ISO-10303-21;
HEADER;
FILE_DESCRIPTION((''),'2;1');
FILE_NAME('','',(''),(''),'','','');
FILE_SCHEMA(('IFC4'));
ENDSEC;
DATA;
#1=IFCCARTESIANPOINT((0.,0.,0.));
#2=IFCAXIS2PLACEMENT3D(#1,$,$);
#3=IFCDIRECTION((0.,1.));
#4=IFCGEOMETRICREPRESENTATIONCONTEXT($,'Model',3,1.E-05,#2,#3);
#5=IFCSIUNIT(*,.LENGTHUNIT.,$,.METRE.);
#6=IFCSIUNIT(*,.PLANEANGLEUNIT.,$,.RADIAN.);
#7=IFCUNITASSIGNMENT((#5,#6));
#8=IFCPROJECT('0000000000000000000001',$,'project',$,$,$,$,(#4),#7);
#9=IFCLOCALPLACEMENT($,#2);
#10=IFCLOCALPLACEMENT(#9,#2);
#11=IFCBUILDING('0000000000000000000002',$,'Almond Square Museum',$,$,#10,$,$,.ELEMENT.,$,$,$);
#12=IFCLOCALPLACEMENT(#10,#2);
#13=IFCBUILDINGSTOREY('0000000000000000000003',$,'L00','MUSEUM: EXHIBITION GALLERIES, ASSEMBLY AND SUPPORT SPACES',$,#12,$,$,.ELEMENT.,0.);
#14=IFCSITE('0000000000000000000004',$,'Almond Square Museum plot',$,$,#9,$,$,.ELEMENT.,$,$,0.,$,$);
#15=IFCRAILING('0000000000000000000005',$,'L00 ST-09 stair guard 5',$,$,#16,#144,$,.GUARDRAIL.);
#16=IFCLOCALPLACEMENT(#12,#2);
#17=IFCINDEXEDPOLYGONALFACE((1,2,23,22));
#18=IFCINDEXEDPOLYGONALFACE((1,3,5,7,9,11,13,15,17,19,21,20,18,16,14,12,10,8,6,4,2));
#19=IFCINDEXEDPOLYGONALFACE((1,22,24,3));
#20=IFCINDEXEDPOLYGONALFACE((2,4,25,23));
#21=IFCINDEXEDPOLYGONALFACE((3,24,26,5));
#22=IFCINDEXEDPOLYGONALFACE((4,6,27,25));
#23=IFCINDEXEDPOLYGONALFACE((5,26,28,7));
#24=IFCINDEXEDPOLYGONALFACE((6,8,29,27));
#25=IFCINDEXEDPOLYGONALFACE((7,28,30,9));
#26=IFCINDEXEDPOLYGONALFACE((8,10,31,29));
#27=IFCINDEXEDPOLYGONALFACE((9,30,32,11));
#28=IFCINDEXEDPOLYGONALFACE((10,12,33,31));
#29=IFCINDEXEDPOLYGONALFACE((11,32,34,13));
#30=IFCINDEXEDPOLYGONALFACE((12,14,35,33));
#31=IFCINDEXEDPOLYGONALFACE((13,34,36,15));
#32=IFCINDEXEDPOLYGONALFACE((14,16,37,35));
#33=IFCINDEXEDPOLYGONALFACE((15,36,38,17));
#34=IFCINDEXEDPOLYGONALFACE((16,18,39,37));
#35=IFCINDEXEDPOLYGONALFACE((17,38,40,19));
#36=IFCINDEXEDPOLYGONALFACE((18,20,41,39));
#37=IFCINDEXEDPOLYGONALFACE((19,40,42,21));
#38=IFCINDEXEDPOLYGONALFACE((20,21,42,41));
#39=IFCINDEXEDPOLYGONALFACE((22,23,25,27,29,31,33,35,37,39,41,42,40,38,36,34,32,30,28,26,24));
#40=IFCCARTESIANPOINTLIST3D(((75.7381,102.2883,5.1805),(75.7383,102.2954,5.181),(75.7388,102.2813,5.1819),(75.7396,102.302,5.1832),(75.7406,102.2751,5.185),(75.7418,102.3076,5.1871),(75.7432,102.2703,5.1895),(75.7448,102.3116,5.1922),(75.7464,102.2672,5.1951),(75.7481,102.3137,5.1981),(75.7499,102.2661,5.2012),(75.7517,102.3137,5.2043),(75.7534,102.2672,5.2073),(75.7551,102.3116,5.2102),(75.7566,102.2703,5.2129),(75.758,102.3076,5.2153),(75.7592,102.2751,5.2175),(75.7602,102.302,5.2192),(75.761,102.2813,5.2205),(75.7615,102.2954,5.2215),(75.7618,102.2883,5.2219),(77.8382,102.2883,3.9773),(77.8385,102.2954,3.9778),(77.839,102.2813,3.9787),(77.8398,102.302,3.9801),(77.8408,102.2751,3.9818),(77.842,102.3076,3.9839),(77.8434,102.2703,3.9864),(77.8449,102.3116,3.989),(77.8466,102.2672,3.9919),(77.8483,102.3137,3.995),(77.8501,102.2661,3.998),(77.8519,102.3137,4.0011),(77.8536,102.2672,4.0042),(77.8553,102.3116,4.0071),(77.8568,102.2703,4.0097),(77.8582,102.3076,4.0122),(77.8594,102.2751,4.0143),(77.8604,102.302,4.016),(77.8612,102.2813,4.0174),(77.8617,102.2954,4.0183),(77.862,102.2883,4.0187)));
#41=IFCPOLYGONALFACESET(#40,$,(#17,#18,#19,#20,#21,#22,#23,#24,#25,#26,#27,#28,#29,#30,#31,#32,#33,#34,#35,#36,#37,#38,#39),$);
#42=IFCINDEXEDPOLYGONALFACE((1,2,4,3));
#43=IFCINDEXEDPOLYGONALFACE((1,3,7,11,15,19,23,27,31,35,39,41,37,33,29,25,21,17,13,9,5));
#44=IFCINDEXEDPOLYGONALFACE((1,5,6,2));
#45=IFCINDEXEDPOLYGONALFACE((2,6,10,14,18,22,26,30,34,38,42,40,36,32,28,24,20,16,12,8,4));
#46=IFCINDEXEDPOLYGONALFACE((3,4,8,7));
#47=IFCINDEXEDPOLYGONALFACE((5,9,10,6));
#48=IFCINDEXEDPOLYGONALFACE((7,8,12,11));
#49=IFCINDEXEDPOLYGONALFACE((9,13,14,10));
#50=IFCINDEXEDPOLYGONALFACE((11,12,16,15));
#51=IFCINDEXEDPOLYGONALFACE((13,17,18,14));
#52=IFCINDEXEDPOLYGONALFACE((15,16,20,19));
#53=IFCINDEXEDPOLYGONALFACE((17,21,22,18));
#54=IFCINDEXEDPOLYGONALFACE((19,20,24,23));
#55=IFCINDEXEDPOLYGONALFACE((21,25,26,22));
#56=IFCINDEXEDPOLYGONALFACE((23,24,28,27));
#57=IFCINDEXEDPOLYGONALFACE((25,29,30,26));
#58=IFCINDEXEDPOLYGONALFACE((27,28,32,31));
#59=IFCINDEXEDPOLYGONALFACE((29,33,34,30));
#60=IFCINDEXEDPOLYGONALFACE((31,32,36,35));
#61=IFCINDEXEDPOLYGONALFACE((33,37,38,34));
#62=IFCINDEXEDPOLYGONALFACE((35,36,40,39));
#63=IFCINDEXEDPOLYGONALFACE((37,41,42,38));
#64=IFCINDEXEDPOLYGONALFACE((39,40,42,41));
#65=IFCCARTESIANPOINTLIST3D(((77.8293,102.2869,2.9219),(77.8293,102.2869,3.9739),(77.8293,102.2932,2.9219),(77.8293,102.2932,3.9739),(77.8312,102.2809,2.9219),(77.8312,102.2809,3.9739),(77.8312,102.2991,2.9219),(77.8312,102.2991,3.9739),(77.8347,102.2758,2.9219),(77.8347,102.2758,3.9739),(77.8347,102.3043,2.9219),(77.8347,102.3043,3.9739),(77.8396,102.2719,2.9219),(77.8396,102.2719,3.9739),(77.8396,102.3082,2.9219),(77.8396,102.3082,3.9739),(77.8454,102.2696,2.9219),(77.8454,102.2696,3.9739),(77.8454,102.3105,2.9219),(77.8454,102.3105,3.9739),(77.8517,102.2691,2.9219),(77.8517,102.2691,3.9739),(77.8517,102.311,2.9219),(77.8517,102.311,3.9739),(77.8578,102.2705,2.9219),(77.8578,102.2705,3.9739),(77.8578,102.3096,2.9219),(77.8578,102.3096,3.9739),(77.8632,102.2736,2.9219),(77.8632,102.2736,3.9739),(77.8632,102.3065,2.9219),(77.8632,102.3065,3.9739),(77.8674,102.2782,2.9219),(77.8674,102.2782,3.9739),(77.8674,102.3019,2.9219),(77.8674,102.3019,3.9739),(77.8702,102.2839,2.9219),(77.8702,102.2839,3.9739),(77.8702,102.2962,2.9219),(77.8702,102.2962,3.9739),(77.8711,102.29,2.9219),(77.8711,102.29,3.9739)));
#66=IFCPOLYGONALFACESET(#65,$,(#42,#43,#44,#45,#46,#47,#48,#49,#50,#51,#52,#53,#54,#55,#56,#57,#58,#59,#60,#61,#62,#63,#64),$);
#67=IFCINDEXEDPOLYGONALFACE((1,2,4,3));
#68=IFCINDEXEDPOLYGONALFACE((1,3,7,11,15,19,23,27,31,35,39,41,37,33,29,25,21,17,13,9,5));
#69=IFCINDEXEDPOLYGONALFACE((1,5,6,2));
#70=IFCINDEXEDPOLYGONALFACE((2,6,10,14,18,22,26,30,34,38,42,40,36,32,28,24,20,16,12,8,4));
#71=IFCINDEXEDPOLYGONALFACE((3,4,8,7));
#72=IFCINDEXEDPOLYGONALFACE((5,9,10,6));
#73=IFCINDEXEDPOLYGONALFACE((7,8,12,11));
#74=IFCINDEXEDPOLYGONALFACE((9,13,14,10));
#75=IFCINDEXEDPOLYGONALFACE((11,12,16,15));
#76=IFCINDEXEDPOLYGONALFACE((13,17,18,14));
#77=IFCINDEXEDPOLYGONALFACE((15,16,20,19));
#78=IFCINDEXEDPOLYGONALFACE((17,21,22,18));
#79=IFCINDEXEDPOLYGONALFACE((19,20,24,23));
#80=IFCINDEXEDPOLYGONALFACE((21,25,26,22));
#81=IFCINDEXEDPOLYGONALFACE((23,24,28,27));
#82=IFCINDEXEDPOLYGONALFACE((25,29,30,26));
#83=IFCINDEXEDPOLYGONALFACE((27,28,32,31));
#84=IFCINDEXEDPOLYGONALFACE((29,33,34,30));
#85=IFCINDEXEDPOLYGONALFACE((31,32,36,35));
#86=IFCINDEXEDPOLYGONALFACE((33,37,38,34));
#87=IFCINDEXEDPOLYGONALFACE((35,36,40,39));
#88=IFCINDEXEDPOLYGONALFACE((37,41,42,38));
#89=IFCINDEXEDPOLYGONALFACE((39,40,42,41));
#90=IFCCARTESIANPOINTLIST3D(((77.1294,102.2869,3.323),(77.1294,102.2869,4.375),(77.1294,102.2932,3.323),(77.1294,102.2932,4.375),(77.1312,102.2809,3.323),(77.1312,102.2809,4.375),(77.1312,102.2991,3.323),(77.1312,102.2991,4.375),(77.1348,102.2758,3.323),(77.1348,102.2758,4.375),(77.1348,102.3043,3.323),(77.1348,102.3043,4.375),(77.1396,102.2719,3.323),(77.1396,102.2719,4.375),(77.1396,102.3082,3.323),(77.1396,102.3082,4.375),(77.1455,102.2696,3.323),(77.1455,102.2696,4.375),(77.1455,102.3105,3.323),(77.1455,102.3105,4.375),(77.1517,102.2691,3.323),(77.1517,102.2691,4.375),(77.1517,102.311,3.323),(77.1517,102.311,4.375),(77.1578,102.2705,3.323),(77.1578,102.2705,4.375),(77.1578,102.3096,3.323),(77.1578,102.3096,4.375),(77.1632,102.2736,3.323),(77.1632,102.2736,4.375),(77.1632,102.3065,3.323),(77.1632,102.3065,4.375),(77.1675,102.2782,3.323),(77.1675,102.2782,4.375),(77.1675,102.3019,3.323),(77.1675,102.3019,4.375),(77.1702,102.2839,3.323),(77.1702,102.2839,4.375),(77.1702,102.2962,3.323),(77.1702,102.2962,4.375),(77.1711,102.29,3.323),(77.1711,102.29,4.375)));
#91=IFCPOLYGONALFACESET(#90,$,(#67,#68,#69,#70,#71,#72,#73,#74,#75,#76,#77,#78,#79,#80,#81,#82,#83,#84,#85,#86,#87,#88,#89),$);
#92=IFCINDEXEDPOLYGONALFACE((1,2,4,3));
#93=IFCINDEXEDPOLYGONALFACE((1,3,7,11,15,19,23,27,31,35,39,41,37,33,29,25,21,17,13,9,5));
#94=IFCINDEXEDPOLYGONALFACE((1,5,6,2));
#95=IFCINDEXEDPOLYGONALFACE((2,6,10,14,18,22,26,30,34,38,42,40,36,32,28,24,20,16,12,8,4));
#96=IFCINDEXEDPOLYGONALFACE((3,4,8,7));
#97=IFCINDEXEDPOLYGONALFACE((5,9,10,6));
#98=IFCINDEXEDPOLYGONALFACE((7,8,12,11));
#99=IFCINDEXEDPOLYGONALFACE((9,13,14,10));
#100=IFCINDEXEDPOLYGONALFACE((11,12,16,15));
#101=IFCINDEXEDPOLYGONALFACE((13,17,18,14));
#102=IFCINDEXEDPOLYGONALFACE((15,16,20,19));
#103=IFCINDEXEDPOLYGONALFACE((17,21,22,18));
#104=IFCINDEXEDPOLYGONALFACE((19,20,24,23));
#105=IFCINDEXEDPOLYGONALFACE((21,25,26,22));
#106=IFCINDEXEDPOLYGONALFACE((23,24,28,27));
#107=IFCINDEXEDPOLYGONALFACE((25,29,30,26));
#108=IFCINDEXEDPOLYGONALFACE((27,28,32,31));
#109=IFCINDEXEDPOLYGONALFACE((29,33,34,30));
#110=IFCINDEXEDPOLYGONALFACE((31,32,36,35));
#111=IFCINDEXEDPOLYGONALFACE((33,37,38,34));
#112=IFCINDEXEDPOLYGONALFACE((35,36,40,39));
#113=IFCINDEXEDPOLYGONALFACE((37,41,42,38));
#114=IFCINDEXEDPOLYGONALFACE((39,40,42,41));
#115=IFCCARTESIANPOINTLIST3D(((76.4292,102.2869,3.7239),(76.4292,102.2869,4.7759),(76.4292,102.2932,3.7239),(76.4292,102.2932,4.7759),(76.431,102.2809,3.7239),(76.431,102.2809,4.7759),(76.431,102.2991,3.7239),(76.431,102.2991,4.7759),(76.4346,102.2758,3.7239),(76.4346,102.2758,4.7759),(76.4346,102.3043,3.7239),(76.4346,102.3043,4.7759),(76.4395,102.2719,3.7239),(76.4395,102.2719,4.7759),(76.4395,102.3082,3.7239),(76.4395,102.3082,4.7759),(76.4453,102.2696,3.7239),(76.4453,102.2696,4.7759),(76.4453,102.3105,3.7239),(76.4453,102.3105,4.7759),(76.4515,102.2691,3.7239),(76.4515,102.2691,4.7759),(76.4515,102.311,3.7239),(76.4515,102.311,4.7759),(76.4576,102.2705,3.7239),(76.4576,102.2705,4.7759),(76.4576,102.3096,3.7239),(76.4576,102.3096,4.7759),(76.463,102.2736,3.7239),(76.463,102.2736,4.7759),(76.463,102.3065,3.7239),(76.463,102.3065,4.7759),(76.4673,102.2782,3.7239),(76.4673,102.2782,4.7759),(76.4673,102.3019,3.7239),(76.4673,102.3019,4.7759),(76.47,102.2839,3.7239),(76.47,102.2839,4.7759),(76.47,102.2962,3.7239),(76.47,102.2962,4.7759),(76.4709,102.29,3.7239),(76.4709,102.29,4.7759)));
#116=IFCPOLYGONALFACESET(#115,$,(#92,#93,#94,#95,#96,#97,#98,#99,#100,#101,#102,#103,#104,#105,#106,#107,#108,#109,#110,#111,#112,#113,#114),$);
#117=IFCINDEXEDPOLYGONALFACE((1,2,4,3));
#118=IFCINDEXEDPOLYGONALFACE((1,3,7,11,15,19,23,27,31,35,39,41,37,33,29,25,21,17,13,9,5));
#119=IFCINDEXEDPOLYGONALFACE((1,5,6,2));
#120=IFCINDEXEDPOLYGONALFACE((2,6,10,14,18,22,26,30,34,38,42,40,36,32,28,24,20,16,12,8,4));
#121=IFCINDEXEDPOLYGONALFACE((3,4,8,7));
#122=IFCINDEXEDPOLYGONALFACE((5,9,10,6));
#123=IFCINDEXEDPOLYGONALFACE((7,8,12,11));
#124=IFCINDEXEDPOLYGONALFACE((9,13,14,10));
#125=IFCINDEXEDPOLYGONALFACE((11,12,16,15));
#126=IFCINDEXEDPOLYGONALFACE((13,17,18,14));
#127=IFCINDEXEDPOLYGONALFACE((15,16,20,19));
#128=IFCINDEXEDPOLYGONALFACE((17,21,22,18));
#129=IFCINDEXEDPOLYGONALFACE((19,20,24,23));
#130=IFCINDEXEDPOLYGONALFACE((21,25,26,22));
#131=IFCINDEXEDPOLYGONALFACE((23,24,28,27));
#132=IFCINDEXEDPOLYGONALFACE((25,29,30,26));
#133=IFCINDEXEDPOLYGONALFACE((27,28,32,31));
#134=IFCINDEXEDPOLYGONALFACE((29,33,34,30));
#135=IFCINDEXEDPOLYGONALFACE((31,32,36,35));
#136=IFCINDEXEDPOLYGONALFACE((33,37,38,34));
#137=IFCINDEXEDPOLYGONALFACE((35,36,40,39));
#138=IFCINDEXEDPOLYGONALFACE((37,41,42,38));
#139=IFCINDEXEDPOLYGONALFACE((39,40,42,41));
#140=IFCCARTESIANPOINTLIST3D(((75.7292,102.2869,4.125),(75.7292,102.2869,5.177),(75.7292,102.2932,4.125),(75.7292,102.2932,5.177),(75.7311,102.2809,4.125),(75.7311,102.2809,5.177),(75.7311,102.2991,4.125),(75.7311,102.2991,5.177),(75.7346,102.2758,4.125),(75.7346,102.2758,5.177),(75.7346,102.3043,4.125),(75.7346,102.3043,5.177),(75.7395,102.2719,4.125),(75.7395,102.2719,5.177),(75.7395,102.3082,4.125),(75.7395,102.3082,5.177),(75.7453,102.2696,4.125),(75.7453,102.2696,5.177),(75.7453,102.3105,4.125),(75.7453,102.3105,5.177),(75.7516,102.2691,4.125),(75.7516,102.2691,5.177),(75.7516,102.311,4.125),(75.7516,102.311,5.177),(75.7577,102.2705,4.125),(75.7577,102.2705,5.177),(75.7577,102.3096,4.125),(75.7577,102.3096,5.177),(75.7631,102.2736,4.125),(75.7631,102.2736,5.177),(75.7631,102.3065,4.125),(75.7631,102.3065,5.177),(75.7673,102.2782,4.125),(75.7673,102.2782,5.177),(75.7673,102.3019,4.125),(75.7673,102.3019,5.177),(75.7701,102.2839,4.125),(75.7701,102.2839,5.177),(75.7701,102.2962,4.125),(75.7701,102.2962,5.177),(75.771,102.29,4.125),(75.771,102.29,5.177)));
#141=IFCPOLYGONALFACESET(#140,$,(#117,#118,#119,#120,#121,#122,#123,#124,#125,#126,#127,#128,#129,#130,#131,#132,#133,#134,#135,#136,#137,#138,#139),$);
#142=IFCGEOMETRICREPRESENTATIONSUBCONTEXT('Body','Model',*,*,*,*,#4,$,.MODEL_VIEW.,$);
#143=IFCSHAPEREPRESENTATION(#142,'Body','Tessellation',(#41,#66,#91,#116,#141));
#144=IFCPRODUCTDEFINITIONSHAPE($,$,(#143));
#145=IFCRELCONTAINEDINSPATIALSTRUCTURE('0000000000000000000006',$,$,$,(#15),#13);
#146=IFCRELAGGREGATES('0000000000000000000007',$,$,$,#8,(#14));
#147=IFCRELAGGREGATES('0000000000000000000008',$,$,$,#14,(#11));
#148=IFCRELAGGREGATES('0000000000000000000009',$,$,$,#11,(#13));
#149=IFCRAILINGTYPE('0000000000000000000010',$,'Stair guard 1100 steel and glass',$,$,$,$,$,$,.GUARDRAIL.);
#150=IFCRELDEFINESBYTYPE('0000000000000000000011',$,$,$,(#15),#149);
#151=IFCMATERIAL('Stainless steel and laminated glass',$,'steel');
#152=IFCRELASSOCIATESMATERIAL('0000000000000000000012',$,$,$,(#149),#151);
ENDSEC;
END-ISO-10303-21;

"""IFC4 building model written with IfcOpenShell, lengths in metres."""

from ifc_helpers import new_model, si_unit, direction, frame, origin, origin_2d, place, context, subcontext, project, spatial, circle, extrude, material, type_object, element, save


model = new_model("IFC4")

# Units and contexts
model_context = context("Model", 3, precision=1e-05, world=origin(), true_north=direction((0.0, 1.0)))
body_context = subcontext(model_context, "Body", "Model", "MODEL_VIEW")
ifc_project = project(units=[si_unit("LENGTHUNIT", "METRE"), si_unit("PLANEANGLEUNIT", "RADIAN")], contexts=[model_context])

# Site, building, storey
site_placement = place(None, origin())
site = spatial("IfcSite", under=ifc_project, at=site_placement, Name="Almond Square Museum plot", CompositionType="ELEMENT", RefElevation=0.0)
building_placement = place(site_placement, origin())
building = spatial("IfcBuilding", under=site, at=building_placement, Name="Almond Square Museum", CompositionType="ELEMENT")
storey_placement = place(building_placement, origin())
storey = spatial("IfcBuildingStorey", under=building, at=storey_placement, Name="L00", Description="MUSEUM: EXHIBITION GALLERIES, ASSEMBLY AND SUPPORT SPACES", CompositionType="ELEMENT", Elevation=0.0)

# Railing
ifc_material_1 = material(Name="Stainless steel and laminated glass", Category="steel")
railing_type_1 = type_object("IfcRailingType", Name="Stair guard 1100 steel and glass", PredefinedType="GUARDRAIL", material=ifc_material_1)
railing_1_placement = place(storey_placement, frame((77.8501, 102.29, 2.9219)))
element("IfcRailing", 1, at=railing_1_placement, inside=storey, type_object=railing_type_1, Name="L00 ST-09 stair guard 5", PredefinedType="GUARDRAIL", context=body_context, shape_type="SweptSolid", body=[
    extrude(circle(Radius=0.0239, at=origin_2d()), frame((0.0, 0.0, 1.0762), z_axis=(-0.867696, 0.0, 0.497095), x_axis=(0.0, -1.0, 0.0)), (0.0, 0.0, 1.0), 2.4204),
    extrude(circle(Radius=0.021, at=origin_2d()), origin(), (0.0, 0.0, 1.0), 1.052),
    extrude(circle(Radius=0.021, at=origin_2d()), frame((-0.7, 0.0, 0.4011)), (0.0, 0.0, 1.0), 1.052),
    extrude(circle(Radius=0.021, at=origin_2d()), frame((-1.4001, 0.0, 0.802)), (0.0, 0.0, 1.0), 1.052),
    extrude(circle(Radius=0.021, at=origin_2d()), frame((-2.1001, 0.0, 1.2031)), (0.0, 0.0, 1.0), 1.052),
])

save(model, "model.ifc")
